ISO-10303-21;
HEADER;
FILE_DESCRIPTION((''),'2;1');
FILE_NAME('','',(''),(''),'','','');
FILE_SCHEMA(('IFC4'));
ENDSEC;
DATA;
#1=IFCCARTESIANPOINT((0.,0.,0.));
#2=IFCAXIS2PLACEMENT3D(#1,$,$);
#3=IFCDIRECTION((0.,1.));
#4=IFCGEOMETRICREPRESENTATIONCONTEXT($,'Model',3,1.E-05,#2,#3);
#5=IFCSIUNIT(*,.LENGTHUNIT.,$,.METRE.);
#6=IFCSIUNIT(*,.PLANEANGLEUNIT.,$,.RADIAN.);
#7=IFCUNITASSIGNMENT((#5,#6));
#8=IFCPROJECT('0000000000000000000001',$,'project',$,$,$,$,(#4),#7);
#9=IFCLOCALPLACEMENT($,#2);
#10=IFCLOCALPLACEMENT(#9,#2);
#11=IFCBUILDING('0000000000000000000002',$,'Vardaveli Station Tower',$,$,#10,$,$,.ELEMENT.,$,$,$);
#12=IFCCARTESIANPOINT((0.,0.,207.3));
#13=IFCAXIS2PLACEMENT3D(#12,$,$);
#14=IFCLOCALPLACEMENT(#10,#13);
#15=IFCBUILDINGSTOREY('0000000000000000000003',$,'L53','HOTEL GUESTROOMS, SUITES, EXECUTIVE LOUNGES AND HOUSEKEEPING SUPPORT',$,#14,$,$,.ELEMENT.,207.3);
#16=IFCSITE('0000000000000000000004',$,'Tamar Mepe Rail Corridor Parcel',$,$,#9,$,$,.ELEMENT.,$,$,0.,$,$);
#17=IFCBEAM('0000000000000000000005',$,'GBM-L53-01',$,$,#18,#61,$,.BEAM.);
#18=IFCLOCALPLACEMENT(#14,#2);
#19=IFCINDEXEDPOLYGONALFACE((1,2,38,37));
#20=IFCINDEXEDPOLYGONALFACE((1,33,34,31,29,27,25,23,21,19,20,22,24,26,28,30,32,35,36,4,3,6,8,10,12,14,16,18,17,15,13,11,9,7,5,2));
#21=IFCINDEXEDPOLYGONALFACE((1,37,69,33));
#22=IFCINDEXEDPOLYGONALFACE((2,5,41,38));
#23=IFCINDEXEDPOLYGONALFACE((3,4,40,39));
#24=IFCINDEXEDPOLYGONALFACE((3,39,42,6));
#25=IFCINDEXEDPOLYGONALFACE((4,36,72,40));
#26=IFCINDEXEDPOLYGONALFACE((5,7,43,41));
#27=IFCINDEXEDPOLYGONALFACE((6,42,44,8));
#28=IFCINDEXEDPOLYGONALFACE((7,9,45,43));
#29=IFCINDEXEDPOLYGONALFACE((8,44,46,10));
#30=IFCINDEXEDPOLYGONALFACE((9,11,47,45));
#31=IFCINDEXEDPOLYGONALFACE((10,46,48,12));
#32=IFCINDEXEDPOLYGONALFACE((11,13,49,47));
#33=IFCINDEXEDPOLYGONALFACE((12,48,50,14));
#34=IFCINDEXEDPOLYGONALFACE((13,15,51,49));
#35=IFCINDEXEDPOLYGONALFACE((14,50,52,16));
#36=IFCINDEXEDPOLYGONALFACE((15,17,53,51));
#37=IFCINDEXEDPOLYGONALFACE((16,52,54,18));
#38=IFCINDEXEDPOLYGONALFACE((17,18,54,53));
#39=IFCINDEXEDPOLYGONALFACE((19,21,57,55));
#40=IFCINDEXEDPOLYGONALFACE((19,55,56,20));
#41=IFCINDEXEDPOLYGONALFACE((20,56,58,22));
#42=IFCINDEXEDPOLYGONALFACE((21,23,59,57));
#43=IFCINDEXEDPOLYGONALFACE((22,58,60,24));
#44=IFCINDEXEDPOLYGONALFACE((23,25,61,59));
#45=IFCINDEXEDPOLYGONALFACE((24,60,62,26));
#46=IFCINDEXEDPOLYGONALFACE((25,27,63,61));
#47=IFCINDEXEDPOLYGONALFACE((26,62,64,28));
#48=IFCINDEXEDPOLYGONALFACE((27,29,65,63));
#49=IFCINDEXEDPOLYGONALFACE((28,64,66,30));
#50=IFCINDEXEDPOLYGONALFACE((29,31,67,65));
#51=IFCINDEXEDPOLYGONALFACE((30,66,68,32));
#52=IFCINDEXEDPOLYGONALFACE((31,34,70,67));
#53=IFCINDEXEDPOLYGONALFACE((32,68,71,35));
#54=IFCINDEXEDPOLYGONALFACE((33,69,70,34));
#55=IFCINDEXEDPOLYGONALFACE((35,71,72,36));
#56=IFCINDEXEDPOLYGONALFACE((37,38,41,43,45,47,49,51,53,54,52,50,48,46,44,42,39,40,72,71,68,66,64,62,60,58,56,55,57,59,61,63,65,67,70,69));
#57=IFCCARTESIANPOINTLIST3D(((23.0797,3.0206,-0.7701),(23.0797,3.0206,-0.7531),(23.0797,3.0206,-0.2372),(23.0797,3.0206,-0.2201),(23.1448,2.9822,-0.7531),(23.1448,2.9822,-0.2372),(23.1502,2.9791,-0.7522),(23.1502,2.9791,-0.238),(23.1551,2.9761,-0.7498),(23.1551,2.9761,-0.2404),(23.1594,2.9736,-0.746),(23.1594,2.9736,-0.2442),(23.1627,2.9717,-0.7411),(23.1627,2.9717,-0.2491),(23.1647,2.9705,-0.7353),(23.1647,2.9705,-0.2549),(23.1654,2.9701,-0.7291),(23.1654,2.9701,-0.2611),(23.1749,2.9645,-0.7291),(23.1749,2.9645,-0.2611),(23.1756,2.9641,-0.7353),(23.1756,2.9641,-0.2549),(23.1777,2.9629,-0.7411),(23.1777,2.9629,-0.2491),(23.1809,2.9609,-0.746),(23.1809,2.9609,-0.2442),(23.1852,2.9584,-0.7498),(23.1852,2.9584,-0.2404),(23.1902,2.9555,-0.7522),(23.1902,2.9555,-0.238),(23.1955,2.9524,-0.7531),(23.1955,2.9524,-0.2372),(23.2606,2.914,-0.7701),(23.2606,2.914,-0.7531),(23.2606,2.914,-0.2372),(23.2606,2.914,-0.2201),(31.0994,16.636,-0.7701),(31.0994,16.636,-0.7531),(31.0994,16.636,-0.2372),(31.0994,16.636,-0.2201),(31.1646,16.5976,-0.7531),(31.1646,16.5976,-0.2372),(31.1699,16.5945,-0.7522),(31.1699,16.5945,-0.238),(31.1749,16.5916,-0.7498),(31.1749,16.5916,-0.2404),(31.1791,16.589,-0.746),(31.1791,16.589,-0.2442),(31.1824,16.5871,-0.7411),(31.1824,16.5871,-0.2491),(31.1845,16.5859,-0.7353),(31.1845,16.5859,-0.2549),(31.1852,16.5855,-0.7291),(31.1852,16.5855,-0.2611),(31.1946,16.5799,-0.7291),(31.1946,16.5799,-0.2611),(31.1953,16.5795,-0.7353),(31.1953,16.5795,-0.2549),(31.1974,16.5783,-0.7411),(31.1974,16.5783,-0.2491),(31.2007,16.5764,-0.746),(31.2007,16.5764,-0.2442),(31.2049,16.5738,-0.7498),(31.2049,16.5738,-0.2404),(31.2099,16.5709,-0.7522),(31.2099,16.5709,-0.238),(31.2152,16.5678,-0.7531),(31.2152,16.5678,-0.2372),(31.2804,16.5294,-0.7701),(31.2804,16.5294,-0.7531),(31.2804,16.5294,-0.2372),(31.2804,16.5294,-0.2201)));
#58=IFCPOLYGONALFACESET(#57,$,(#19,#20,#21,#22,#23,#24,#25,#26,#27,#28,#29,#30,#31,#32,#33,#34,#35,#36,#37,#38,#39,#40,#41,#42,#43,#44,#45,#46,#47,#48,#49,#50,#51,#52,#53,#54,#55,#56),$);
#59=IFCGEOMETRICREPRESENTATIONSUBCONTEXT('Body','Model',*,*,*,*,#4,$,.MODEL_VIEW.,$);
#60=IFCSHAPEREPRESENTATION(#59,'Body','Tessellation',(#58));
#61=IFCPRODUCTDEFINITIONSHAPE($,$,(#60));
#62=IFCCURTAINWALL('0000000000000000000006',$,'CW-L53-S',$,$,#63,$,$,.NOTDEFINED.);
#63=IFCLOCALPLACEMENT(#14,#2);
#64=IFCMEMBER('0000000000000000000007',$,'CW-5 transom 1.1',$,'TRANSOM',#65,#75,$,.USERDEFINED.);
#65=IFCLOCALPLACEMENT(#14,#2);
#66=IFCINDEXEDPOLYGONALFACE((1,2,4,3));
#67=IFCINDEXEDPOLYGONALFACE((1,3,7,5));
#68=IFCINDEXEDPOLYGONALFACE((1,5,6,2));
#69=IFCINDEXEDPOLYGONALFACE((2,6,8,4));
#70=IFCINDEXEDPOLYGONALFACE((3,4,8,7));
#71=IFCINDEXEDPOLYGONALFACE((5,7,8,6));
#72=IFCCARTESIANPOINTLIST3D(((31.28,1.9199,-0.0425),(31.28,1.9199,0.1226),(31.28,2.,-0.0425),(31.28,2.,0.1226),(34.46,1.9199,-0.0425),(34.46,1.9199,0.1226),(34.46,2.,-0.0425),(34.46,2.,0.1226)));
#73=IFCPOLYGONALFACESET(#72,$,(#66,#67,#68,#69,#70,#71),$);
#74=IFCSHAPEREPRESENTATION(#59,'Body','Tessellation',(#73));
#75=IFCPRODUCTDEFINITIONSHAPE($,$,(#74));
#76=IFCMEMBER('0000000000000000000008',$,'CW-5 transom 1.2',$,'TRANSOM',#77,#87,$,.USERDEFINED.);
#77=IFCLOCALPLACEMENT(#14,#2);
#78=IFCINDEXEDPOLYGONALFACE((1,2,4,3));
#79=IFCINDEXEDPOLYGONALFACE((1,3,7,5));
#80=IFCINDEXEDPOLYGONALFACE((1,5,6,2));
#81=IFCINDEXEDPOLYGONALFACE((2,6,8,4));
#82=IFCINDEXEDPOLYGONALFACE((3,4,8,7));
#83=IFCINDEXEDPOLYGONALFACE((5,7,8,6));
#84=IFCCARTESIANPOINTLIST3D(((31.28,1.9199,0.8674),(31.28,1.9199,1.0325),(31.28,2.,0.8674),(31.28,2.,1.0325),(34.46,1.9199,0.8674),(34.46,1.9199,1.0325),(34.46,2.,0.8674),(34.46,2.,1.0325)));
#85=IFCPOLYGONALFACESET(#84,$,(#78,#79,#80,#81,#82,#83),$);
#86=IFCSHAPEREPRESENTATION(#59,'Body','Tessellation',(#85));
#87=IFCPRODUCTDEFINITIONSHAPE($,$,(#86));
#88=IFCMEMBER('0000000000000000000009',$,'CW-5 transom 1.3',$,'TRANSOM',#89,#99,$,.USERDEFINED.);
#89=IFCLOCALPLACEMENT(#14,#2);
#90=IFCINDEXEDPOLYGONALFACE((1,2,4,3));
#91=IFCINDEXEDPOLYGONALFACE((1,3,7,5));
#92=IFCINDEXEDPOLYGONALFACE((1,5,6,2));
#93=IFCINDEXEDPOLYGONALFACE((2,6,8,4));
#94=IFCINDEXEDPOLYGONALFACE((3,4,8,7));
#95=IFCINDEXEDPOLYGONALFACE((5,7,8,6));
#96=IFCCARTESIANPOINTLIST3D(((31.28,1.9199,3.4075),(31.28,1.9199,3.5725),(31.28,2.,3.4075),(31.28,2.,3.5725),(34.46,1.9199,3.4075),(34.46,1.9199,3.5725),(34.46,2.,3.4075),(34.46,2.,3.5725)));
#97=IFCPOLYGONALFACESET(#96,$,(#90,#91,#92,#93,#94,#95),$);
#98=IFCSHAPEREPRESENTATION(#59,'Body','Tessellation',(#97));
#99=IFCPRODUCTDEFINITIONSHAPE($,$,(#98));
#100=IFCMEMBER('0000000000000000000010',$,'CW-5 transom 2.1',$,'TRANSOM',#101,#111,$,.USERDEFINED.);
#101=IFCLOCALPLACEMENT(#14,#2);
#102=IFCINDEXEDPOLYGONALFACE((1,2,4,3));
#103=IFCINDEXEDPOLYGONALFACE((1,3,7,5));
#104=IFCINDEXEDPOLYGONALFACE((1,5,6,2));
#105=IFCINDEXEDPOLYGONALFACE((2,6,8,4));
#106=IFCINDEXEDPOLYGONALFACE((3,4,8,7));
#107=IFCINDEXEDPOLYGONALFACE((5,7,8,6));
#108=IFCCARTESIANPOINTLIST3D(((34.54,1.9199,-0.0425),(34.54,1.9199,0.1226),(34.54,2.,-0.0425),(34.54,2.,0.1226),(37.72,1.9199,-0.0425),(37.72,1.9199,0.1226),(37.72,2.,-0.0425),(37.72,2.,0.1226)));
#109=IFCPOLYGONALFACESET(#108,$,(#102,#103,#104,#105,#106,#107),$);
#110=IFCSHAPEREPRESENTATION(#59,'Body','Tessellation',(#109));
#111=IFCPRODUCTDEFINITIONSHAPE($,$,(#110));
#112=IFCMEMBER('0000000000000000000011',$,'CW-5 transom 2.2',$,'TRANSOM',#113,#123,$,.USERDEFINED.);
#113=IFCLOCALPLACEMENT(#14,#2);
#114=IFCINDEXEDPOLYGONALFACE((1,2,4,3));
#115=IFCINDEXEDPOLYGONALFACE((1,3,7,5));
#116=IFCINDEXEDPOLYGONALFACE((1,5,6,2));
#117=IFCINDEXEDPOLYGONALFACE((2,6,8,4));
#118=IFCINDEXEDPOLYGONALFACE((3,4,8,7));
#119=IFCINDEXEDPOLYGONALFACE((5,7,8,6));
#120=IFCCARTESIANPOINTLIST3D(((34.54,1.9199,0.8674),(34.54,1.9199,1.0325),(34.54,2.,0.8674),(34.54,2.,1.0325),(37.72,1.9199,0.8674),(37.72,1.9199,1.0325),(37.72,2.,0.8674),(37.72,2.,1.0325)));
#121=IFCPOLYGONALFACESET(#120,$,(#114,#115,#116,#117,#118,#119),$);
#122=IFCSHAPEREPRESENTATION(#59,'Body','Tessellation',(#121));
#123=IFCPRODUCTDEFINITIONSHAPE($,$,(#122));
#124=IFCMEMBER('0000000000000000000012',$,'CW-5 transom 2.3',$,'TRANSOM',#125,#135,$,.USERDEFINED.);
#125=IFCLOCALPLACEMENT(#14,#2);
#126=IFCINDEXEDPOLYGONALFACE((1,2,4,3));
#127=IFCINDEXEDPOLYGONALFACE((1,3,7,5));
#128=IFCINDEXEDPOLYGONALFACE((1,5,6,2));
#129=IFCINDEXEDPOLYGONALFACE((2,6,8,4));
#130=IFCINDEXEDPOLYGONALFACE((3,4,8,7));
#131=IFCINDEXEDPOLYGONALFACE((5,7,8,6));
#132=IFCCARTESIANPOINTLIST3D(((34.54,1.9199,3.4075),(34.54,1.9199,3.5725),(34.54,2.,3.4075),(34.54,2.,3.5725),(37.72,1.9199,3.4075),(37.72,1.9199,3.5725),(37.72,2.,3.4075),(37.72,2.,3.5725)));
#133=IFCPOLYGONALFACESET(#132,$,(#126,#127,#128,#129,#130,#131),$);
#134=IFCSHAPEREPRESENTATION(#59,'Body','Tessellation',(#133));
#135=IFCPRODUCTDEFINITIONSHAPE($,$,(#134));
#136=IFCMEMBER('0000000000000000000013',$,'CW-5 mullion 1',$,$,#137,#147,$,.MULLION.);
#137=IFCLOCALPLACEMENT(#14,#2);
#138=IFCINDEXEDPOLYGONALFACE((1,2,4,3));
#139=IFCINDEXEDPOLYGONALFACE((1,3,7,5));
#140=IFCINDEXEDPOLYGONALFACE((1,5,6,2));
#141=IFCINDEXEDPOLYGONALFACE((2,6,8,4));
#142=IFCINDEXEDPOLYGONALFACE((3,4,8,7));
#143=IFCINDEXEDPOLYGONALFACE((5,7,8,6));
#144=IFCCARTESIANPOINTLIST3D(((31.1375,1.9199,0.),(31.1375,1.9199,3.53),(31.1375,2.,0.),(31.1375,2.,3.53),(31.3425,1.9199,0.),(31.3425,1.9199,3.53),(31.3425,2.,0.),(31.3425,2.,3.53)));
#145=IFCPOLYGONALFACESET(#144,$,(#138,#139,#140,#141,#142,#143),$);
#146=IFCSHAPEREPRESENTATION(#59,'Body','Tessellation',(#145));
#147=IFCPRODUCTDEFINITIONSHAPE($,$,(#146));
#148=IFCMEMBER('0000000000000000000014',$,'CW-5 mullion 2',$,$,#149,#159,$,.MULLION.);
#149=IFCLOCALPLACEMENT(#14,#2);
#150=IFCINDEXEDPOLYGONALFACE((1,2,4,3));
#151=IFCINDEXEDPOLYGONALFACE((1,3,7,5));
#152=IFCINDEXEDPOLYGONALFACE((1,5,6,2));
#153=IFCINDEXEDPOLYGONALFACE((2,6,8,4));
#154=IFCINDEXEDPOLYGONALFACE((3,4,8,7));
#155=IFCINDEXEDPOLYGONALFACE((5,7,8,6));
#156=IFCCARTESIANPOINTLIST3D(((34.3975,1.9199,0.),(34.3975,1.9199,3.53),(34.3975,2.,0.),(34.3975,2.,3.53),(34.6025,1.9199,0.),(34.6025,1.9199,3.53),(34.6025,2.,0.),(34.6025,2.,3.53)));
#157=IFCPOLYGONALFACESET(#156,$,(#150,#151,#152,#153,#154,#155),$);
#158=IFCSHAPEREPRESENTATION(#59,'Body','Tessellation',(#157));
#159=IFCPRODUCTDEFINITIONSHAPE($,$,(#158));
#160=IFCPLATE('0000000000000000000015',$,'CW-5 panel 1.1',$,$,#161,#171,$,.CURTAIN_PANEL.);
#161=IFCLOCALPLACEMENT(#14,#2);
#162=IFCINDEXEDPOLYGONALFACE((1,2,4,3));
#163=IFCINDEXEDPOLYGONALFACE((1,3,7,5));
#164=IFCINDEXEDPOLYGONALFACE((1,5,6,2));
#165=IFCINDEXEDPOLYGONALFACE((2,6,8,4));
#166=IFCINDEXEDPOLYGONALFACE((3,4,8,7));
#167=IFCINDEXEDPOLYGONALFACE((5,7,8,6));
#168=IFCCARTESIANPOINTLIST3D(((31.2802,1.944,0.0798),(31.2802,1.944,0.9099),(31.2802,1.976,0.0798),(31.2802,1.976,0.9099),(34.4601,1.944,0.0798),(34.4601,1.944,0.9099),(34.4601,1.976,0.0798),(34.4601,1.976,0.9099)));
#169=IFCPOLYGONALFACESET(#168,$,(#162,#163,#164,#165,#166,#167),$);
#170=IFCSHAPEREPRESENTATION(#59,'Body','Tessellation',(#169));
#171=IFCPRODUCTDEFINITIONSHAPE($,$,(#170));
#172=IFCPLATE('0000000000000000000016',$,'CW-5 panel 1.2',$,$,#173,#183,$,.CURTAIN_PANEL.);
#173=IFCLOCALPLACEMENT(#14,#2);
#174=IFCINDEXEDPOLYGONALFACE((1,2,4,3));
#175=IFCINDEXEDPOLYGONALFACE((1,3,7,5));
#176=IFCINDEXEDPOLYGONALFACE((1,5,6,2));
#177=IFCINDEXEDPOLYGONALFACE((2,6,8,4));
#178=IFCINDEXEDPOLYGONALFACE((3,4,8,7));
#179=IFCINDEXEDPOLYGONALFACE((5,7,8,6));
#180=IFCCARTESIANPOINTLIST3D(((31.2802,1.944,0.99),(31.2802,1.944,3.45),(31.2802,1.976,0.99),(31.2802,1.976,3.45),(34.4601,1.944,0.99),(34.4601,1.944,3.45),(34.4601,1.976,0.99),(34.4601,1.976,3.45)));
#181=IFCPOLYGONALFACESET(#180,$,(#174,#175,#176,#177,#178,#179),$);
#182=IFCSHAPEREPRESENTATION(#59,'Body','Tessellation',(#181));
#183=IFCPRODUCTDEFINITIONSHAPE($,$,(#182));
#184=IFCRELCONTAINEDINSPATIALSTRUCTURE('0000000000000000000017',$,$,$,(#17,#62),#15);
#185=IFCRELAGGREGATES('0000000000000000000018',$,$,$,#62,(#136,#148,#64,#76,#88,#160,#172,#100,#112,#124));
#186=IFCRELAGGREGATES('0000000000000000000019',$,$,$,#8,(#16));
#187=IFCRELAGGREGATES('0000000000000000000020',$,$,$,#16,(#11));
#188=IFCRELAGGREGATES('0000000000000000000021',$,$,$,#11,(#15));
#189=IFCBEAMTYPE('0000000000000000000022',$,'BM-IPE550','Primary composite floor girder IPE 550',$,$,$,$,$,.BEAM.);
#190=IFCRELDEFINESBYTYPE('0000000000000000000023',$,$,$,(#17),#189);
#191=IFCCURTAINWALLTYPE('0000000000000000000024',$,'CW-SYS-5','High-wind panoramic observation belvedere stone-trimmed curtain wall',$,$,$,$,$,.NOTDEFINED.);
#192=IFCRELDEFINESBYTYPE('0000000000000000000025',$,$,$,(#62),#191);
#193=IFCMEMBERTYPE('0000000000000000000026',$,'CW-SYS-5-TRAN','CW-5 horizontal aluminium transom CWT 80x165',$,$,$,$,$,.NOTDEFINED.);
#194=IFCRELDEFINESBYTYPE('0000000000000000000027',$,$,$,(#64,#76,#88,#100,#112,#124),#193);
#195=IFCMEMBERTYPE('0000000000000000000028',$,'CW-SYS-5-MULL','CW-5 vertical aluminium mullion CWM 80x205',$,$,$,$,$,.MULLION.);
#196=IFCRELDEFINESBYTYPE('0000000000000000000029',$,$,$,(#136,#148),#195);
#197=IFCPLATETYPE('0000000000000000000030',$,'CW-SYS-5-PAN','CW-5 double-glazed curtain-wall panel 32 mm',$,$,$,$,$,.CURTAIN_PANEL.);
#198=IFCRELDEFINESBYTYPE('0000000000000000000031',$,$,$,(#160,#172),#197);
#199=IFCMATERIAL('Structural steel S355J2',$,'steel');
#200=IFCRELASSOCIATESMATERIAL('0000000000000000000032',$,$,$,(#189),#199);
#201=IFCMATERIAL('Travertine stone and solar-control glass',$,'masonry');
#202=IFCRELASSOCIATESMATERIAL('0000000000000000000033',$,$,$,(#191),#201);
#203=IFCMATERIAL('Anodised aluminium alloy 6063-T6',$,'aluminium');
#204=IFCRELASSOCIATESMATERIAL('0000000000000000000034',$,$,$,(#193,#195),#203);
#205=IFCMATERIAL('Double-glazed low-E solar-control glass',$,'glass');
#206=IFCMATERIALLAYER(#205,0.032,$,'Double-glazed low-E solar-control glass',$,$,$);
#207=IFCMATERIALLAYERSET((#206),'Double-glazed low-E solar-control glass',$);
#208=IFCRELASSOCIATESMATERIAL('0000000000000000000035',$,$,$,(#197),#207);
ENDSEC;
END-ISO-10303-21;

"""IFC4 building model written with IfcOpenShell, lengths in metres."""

from ifc_helpers import new_model, si_unit, direction, frame, origin, origin_2d, place, context, subcontext, project, spatial, rectangle, i_section, extrude, source, transform, mapped, material, layer, layer_set, material_profile, profile_set, type_object, element, aggregate, save


model = new_model("IFC4")

# Units and contexts
model_context = context("Model", 3, precision=1e-05, world=origin(), true_north=direction((0.0, 1.0)))
body_context = subcontext(model_context, "Body", "Model", "MODEL_VIEW")
ifc_project = project(units=[si_unit("LENGTHUNIT", "METRE"), si_unit("PLANEANGLEUNIT", "RADIAN")], contexts=[model_context])

# Site, building, storey
site_placement = place(None, origin())
site = spatial("IfcSite", under=ifc_project, at=site_placement, Name="Tamar Mepe Rail Corridor Parcel", CompositionType="ELEMENT", RefElevation=0.0)
building_placement = place(site_placement, origin())
building = spatial("IfcBuilding", under=site, at=building_placement, Name="Vardaveli Station Tower", CompositionType="ELEMENT")
storey_placement = place(building_placement, frame((0.0, 0.0, 207.3)))
storey = spatial("IfcBuildingStorey", under=building, at=storey_placement, Name="L53", Description="HOTEL GUESTROOMS, SUITES, EXECUTIVE LOUNGES AND HOUSEKEEPING SUPPORT", CompositionType="ELEMENT", Elevation=207.3)

# Beam
ifc_material_1 = material(Name="Structural steel S355J2", Category="steel")
ifc_material_profile_1 = material_profile(ifc_material_1, i_section(OverallWidth=0.21, OverallDepth=0.55, WebThickness=0.011, FlangeThickness=0.0171, FilletRadius=0.0239, at=origin_2d()), Name="IPE 550")
ifc_profile_set_1 = profile_set([ifc_material_profile_1], Name="Structural steel S355J2")
beam_type_1 = type_object("IfcBeamType", Name="BM-IPE550", Description="Primary composite floor girder IPE 550", PredefinedType="BEAM", material=ifc_profile_set_1)
shared_shape_1 = source(origin(), body_context, "Body", "SweptSolid", [
    extrude(i_section(OverallWidth=0.21, OverallDepth=0.55, WebThickness=0.011, FlangeThickness=0.0171, FilletRadius=0.0239, at=origin_2d()), origin(), (0.0, 0.0, 1.0), 15.8018),
])
beam_1_placement = place(storey_placement, frame((23.1702, 2.9673, -0.4951), z_axis=(0.507522, 0.861639, 0.0), x_axis=(-0.861639, 0.507522, 0.0)))
element("IfcBeam", 1, at=beam_1_placement, inside=storey, type_object=beam_type_1, Name="GBM-L53-01", PredefinedType="BEAM", context=body_context, shape_type="MappedRepresentation", body=[
    mapped(shared_shape_1, transform((0.0, 0.0, 0.0), scale=1.0)),
])

# Curtain wall, members, plates
ifc_material_2 = material(Name="Travertine stone and solar-control glass", Category="masonry")
curtain_wall_type = type_object("IfcCurtainWallType", Name="CW-SYS-5", Description="High-wind panoramic observation belvedere stone-trimmed curtain wall", PredefinedType="NOTDEFINED", material=ifc_material_2)
curtain_wall_placement = place(storey_placement, origin())
curtain_wall = element("IfcCurtainWall", 2, at=curtain_wall_placement, inside=storey, type_object=curtain_wall_type, Name="CW-L53-S", PredefinedType="NOTDEFINED")
ifc_material_3 = material(Name="Anodised aluminium alloy 6063-T6", Category="aluminium")
ifc_material_profile_2 = material_profile(ifc_material_3, rectangle(XDim=0.0801, YDim=0.165, at=origin_2d()), Name="CWT 80x165")
ifc_profile_set_2 = profile_set([ifc_material_profile_2], Name="Anodised aluminium alloy 6063-T6")
member_type_1 = type_object("IfcMemberType", Name="CW-SYS-5-TRAN", Description="CW-5 horizontal aluminium transom CWT 80x165", PredefinedType="NOTDEFINED", material=ifc_profile_set_2)
shared_shape_2 = source(origin(), body_context, "Body", "SweptSolid", [
    extrude(rectangle(XDim=0.0801, YDim=0.165, at=origin_2d()), origin(), (0.0, 0.0, 1.0), 3.1799),
])
member_1_placement = place(storey_placement, frame((31.28, 1.96, 0.04), z_axis=(1.0, 0.0, 0.0), x_axis=(0.0, 1.0, 0.0)))
member_1 = element("IfcMember", 3, at=member_1_placement, type_object=member_type_1, Name="CW-5 transom 1.1", ObjectType="TRANSOM", PredefinedType="USERDEFINED", context=body_context, shape_type="MappedRepresentation", body=[
    mapped(shared_shape_2, transform((0.0, 0.0, 0.0), scale=1.0)),
])
member_2_placement = place(storey_placement, frame((31.28, 1.96, 0.95), z_axis=(1.0, 0.0, 0.0), x_axis=(0.0, 1.0, 0.0)))
member_2 = element("IfcMember", 4, at=member_2_placement, type_object=member_type_1, Name="CW-5 transom 1.2", ObjectType="TRANSOM", PredefinedType="USERDEFINED", context=body_context, shape_type="MappedRepresentation", body=[
    mapped(shared_shape_2, transform((0.0, 0.0, 0.0), scale=1.0)),
])
member_3_placement = place(storey_placement, frame((31.28, 1.96, 3.49), z_axis=(1.0, 0.0, 0.0), x_axis=(0.0, 1.0, 0.0)))
member_3 = element("IfcMember", 5, at=member_3_placement, type_object=member_type_1, Name="CW-5 transom 1.3", ObjectType="TRANSOM", PredefinedType="USERDEFINED", context=body_context, shape_type="MappedRepresentation", body=[
    mapped(shared_shape_2, transform((0.0, 0.0, 0.0), scale=1.0)),
])
member_4_placement = place(storey_placement, frame((34.54, 1.96, 0.04), z_axis=(1.0, 0.0, 0.0), x_axis=(0.0, 1.0, 0.0)))
member_4 = element("IfcMember", 6, at=member_4_placement, type_object=member_type_1, Name="CW-5 transom 2.1", ObjectType="TRANSOM", PredefinedType="USERDEFINED", context=body_context, shape_type="MappedRepresentation", body=[
    mapped(shared_shape_2, transform((0.0, 0.0, 0.0), scale=1.0)),
])
member_5_placement = place(storey_placement, frame((34.54, 1.96, 0.95), z_axis=(1.0, 0.0, 0.0), x_axis=(0.0, 1.0, 0.0)))
member_5 = element("IfcMember", 7, at=member_5_placement, type_object=member_type_1, Name="CW-5 transom 2.2", ObjectType="TRANSOM", PredefinedType="USERDEFINED", context=body_context, shape_type="MappedRepresentation", body=[
    mapped(shared_shape_2, transform((0.0, 0.0, 0.0), scale=1.0)),
])
member_6_placement = place(storey_placement, frame((34.54, 1.96, 3.49), z_axis=(1.0, 0.0, 0.0), x_axis=(0.0, 1.0, 0.0)))
member_6 = element("IfcMember", 8, at=member_6_placement, type_object=member_type_1, Name="CW-5 transom 2.3", ObjectType="TRANSOM", PredefinedType="USERDEFINED", context=body_context, shape_type="MappedRepresentation", body=[
    mapped(shared_shape_2, transform((0.0, 0.0, 0.0), scale=1.0)),
])
ifc_material_profile_3 = material_profile(ifc_material_3, rectangle(XDim=0.0801, YDim=0.2051, at=origin_2d()), Name="CWM 80x205")
ifc_profile_set_3 = profile_set([ifc_material_profile_3], Name="Anodised aluminium alloy 6063-T6")
member_type_2 = type_object("IfcMemberType", Name="CW-SYS-5-MULL", Description="CW-5 vertical aluminium mullion CWM 80x205", PredefinedType="MULLION", material=ifc_profile_set_3)
shared_shape_3 = source(origin(), body_context, "Body", "SweptSolid", [
    extrude(rectangle(XDim=0.0801, YDim=0.2051, at=origin_2d()), origin(), (0.0, 0.0, 1.0), 3.53),
])
member_7_placement = place(storey_placement, frame((31.24, 1.96, 0.0), z_axis=(0.0, 0.0, 1.0), x_axis=(0.0, 1.0, 0.0)))
member_7 = element("IfcMember", 9, at=member_7_placement, type_object=member_type_2, Name="CW-5 mullion 1", PredefinedType="MULLION", context=body_context, shape_type="MappedRepresentation", body=[
    mapped(shared_shape_3, transform((0.0, 0.0, 0.0), scale=1.0)),
])
member_8_placement = place(storey_placement, frame((34.5, 1.96, 0.0), z_axis=(0.0, 0.0, 1.0), x_axis=(0.0, 1.0, 0.0)))
member_8 = element("IfcMember", 10, at=member_8_placement, type_object=member_type_2, Name="CW-5 mullion 2", PredefinedType="MULLION", context=body_context, shape_type="MappedRepresentation", body=[
    mapped(shared_shape_3, transform((0.0, 0.0, 0.0), scale=1.0)),
])
ifc_material_4 = material(Name="Double-glazed low-E solar-control glass", Category="glass")
ifc_layer_1 = layer(ifc_material_4, 0.032, Name="Double-glazed low-E solar-control glass")
ifc_layer_set_1 = layer_set([ifc_layer_1], Name="Double-glazed low-E solar-control glass")
plate_type = type_object("IfcPlateType", Name="CW-SYS-5-PAN", Description="CW-5 double-glazed curtain-wall panel 32 mm", PredefinedType="CURTAIN_PANEL", material=ifc_layer_set_1)
shared_shape_4 = source(origin(), body_context, "Body", "SweptSolid", [
    extrude(rectangle(XDim=3.1799, YDim=0.032, at=origin_2d()), origin(), (0.0, 0.0, 1.0), 0.8301),
])
plate_1_placement = place(storey_placement, frame((32.8701, 1.96, 0.0798), z_axis=(0.0, 0.0, 1.0), x_axis=(1.0, 0.0, 0.0)))
plate_1 = element("IfcPlate", 11, at=plate_1_placement, type_object=plate_type, Name="CW-5 panel 1.1", PredefinedType="CURTAIN_PANEL", context=body_context, shape_type="MappedRepresentation", body=[
    mapped(shared_shape_4, transform((0.0, 0.0, 0.0), scale=1.0)),
])
shared_shape_5 = source(origin(), body_context, "Body", "SweptSolid", [
    extrude(rectangle(XDim=3.1799, YDim=0.032, at=origin_2d()), origin(), (0.0, 0.0, 1.0), 2.46),
])
plate_2_placement = place(storey_placement, frame((32.8701, 1.96, 0.99), z_axis=(0.0, 0.0, 1.0), x_axis=(1.0, 0.0, 0.0)))
plate_2 = element("IfcPlate", 12, at=plate_2_placement, type_object=plate_type, Name="CW-5 panel 1.2", PredefinedType="CURTAIN_PANEL", context=body_context, shape_type="MappedRepresentation", body=[
    mapped(shared_shape_5, transform((0.0, 0.0, 0.0), scale=1.0)),
])
aggregate(curtain_wall, [member_7, member_8, member_1, member_2, member_3, plate_1, plate_2, member_4, member_5, member_6])

save(model, "model.ifc")
